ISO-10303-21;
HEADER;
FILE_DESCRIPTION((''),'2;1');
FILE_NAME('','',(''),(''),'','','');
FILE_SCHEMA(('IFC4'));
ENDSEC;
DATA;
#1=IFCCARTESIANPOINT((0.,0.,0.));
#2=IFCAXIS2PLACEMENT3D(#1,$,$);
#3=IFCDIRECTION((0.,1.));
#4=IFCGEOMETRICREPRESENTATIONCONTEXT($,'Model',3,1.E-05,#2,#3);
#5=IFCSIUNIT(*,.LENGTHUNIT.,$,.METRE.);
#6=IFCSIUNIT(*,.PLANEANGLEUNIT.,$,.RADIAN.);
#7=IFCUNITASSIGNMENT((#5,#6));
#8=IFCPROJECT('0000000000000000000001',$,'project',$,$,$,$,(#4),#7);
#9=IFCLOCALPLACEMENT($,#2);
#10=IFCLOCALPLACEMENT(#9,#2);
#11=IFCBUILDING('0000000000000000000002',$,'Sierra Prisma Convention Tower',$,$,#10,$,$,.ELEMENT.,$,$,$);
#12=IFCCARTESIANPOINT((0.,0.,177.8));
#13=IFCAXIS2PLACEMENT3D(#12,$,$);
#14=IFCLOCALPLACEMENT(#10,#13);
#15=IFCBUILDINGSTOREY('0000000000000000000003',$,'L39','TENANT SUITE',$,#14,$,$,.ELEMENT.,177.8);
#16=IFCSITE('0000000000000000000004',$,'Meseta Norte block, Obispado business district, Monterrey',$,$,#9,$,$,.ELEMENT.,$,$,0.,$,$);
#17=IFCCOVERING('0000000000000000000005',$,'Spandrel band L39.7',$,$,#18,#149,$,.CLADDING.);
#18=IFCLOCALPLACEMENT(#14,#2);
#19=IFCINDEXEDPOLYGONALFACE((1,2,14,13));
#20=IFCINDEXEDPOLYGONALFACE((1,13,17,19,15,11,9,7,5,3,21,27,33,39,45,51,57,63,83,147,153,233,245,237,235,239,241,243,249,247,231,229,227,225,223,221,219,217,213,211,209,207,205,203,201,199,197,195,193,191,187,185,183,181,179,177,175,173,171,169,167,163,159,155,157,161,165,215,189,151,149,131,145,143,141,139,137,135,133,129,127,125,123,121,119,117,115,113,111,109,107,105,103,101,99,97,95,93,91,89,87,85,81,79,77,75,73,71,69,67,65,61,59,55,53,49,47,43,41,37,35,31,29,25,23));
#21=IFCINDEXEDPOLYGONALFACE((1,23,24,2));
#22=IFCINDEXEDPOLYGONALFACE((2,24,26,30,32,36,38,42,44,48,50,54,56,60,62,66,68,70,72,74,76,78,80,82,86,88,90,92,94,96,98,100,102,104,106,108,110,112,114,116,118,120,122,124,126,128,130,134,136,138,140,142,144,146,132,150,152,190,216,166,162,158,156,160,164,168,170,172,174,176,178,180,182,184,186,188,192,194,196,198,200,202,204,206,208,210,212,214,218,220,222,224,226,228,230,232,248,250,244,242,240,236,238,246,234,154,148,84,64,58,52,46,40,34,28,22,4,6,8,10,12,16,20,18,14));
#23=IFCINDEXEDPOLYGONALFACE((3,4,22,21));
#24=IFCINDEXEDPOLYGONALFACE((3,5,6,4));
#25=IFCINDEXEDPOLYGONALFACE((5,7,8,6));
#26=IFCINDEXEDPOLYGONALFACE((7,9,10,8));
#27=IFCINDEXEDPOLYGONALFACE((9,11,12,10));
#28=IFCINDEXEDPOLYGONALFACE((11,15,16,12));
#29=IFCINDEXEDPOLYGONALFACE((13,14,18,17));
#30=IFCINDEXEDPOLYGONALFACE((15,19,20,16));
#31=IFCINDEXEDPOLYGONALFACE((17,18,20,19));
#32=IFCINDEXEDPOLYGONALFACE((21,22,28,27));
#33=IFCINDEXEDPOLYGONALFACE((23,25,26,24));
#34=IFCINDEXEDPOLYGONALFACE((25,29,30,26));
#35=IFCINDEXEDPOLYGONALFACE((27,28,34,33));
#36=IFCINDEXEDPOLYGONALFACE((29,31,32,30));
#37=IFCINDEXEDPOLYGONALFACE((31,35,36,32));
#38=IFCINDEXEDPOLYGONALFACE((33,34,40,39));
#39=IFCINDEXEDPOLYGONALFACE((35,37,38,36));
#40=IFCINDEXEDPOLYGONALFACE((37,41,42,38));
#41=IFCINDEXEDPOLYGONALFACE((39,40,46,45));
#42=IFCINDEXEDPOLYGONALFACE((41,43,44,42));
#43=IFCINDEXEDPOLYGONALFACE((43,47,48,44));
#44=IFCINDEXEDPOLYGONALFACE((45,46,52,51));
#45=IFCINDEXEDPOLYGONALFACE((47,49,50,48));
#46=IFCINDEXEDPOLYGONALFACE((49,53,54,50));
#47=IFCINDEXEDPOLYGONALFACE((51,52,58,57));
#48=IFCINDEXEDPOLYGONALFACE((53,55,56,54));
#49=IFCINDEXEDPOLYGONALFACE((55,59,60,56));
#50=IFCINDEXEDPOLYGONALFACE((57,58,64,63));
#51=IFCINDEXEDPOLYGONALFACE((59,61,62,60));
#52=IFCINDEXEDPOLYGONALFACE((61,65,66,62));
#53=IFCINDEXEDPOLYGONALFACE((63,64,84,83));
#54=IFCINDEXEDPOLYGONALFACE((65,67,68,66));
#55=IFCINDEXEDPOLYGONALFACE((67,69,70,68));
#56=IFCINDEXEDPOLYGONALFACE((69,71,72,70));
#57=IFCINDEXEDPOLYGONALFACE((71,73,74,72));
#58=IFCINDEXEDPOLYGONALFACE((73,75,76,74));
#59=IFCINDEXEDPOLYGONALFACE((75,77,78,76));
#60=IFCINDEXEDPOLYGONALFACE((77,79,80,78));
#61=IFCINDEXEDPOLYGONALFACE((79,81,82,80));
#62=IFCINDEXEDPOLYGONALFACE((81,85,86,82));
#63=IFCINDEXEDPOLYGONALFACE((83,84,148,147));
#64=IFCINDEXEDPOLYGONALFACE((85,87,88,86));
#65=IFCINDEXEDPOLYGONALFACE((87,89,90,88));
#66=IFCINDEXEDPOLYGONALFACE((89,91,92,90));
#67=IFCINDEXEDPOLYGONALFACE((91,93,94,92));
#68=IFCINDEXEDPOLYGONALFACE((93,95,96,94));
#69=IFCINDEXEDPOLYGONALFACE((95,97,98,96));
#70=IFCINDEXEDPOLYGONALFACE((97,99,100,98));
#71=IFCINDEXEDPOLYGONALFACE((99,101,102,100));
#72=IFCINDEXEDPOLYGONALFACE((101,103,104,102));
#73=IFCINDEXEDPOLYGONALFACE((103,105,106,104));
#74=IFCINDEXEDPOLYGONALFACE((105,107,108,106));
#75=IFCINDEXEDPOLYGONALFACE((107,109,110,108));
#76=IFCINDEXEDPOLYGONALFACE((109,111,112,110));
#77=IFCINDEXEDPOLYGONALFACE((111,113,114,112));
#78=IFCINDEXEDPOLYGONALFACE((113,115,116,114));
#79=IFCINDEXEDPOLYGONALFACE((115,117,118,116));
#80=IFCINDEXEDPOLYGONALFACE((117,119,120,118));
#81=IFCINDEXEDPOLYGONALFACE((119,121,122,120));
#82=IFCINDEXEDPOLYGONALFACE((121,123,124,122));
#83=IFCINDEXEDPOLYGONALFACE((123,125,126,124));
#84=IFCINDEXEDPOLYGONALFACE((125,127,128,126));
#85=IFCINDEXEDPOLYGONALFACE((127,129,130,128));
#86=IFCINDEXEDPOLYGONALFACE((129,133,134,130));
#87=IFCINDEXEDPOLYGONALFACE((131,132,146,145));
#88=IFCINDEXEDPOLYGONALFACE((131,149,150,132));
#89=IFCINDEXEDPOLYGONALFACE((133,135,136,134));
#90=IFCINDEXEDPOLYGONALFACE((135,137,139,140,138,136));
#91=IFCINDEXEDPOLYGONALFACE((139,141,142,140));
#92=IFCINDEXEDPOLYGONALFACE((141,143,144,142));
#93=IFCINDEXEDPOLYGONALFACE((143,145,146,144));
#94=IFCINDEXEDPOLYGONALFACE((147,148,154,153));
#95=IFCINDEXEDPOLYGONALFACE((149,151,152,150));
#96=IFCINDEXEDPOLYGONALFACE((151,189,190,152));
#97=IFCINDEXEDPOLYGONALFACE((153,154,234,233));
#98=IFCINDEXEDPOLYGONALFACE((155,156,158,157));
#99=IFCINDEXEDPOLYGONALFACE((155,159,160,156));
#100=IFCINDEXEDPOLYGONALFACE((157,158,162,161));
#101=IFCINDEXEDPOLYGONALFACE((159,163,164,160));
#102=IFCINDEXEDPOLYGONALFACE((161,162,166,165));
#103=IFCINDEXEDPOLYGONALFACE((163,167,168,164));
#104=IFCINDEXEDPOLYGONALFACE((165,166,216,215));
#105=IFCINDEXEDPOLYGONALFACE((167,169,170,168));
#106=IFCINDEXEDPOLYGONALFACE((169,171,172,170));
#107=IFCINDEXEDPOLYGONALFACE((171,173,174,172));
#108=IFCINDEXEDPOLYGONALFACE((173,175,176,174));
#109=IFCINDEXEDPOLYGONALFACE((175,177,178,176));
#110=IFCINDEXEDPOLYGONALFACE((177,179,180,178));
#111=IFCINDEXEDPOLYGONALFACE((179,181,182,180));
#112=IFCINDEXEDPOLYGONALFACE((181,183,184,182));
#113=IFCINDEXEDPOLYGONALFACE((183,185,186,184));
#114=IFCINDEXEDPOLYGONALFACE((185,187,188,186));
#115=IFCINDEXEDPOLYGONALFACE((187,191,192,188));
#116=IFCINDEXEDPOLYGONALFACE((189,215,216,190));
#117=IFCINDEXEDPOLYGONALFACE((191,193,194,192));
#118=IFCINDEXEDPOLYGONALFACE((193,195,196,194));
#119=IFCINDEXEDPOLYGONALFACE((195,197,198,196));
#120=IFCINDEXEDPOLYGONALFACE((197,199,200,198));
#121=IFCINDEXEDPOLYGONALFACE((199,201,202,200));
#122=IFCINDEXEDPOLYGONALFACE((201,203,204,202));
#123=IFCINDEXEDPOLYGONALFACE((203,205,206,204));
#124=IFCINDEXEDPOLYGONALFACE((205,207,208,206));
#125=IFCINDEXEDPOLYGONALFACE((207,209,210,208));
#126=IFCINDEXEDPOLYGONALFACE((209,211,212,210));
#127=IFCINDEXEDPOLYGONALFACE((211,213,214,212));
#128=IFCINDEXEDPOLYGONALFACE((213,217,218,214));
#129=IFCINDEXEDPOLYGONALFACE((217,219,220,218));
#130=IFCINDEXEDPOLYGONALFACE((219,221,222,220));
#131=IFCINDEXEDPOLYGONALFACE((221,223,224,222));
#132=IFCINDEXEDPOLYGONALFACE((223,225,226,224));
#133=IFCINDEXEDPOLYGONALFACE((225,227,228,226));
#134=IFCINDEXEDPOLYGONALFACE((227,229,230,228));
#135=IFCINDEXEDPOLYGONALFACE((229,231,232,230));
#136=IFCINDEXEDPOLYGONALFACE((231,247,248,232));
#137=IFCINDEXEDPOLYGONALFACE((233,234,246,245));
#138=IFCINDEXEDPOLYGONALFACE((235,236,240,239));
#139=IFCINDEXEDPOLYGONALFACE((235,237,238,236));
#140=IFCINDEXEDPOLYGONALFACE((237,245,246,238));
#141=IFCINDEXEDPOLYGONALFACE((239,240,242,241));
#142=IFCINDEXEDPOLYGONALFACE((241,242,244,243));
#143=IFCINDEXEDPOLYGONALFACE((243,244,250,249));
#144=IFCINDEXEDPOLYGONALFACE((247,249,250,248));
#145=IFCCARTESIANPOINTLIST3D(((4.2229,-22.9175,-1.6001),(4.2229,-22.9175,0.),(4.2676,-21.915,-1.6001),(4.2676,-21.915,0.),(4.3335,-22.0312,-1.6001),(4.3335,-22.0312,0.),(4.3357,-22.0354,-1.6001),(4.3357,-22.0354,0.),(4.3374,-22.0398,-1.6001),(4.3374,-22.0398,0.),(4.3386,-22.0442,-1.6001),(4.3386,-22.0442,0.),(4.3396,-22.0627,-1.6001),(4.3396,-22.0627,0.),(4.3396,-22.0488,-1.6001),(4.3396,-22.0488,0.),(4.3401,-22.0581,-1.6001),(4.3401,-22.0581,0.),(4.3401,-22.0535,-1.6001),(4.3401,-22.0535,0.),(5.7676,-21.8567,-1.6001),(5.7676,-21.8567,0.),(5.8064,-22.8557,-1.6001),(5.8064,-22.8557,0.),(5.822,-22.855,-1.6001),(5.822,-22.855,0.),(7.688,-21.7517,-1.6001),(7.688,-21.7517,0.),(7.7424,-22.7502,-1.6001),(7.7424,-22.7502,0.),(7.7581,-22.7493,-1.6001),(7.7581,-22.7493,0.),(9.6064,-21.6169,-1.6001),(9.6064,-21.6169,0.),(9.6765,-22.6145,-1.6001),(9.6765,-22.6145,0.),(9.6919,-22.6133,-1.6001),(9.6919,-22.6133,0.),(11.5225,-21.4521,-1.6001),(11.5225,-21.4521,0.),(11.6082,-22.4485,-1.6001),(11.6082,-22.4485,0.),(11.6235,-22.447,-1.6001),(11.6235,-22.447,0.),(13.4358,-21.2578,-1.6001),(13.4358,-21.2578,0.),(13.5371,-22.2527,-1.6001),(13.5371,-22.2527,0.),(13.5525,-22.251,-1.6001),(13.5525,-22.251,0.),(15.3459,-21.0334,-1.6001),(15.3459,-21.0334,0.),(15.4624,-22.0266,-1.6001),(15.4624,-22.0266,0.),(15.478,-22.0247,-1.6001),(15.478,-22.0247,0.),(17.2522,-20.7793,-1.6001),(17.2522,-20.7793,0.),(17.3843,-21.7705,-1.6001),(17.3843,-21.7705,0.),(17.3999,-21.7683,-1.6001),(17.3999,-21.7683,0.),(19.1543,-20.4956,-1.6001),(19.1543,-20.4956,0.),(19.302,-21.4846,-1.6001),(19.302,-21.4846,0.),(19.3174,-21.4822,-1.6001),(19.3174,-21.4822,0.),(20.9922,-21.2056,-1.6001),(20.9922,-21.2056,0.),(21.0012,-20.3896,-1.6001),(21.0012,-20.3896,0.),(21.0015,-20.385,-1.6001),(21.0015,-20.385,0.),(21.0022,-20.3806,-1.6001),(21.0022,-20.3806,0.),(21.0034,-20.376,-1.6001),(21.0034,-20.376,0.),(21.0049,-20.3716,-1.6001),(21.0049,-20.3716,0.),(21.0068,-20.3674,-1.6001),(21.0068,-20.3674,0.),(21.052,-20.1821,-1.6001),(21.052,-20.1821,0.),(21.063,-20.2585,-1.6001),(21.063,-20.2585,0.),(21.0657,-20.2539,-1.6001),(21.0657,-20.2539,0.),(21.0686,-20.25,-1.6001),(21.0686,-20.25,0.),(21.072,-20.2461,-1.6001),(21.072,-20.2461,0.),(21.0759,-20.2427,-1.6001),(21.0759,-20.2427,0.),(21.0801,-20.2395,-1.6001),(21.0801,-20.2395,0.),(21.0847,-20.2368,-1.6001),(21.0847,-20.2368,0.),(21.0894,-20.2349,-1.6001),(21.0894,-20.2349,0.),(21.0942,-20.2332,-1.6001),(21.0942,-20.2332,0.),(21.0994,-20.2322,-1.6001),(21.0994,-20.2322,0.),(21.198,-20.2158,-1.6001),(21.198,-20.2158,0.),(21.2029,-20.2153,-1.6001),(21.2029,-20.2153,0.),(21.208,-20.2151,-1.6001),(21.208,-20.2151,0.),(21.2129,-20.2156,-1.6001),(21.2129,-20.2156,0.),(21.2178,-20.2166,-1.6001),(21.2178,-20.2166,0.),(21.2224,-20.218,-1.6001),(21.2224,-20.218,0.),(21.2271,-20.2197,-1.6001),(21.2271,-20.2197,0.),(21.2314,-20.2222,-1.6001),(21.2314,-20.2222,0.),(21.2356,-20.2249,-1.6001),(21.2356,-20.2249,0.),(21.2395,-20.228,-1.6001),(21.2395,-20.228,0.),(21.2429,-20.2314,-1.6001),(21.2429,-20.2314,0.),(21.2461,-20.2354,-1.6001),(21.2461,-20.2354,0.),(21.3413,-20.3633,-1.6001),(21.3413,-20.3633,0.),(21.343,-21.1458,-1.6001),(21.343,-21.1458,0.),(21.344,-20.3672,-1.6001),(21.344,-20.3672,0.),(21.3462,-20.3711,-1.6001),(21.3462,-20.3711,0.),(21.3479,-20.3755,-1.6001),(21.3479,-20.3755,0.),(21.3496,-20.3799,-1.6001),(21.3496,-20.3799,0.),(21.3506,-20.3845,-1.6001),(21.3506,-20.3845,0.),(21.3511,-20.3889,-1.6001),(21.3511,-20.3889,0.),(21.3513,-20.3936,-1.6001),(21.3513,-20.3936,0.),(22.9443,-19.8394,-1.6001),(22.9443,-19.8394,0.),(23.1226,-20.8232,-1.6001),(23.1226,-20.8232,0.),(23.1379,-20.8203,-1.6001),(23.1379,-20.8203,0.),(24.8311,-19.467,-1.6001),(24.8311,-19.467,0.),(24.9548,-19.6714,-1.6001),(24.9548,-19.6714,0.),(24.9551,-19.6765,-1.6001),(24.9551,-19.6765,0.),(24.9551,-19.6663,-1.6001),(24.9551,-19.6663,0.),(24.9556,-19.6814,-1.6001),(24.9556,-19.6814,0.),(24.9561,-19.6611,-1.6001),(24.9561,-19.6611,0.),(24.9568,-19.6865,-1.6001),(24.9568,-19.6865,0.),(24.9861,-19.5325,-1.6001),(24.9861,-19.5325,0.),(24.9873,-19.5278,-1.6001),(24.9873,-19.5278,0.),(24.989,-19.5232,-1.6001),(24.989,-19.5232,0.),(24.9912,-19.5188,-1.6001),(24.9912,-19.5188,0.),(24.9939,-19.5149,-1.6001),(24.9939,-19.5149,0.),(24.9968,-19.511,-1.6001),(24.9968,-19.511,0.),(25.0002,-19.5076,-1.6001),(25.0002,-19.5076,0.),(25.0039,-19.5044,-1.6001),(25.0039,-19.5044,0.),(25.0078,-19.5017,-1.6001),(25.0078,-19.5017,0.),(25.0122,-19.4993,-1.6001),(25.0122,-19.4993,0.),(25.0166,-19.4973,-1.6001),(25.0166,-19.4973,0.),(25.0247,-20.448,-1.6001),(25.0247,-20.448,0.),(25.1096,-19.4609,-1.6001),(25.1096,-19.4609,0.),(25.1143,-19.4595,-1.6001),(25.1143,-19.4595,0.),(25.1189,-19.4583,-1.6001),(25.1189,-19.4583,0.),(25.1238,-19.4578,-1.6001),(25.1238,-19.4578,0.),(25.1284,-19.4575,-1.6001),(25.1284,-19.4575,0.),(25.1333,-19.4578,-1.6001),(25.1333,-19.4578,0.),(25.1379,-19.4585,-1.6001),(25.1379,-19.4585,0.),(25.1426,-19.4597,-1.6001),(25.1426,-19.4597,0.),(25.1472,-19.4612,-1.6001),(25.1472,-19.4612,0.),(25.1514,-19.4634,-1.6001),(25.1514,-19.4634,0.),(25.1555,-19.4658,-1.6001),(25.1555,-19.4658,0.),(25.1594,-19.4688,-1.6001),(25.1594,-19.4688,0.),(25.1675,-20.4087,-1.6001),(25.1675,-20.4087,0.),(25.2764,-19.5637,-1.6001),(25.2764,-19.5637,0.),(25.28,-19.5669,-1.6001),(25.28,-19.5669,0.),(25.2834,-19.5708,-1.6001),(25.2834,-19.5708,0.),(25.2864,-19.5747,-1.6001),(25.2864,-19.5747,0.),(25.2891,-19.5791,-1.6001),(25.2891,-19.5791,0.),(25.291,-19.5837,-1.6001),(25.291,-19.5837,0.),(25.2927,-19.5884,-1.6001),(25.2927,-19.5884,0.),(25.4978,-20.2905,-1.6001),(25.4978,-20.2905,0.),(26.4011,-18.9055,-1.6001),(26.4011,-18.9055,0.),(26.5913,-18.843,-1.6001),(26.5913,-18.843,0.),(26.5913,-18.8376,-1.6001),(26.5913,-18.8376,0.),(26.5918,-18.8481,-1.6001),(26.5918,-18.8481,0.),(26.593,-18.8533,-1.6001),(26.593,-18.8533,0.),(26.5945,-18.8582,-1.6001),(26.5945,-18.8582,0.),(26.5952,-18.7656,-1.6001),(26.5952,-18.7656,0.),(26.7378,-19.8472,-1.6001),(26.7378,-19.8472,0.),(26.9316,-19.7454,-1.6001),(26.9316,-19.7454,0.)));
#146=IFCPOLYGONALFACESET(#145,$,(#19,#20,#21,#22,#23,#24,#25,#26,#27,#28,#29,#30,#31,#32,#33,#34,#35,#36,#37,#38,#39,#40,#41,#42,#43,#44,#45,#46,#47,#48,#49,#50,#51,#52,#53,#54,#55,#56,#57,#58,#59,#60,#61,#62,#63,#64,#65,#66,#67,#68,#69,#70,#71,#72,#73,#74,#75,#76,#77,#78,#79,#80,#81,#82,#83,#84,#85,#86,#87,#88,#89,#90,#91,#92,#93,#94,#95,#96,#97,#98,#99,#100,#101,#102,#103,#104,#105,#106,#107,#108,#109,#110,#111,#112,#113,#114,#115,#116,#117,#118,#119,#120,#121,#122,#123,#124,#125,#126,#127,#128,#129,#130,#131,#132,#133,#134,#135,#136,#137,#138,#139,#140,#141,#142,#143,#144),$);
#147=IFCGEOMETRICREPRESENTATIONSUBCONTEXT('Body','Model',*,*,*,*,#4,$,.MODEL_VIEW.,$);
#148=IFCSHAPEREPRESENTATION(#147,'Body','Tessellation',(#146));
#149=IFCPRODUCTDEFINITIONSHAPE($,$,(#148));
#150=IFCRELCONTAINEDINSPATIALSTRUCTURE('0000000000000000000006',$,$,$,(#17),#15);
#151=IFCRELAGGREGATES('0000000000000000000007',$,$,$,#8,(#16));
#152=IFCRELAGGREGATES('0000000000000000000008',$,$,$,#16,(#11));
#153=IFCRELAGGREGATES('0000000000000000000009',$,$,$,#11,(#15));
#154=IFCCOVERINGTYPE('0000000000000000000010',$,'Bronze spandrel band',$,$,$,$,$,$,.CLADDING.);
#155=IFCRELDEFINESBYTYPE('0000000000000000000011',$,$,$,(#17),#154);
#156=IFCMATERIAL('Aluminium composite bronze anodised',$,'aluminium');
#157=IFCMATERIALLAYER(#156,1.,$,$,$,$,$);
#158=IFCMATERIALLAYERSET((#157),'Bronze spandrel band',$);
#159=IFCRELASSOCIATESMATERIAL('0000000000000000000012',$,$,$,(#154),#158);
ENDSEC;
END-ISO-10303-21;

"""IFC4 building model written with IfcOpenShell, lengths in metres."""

from ifc_helpers import new_model, si_unit, direction, frame, origin, place, context, subcontext, project, spatial, polyline, outline, extrude, material, layer, layer_set, type_object, element, save


model = new_model("IFC4")

# Units and contexts
model_context = context("Model", 3, precision=1e-05, world=origin(), true_north=direction((0.0, 1.0)))
body_context = subcontext(model_context, "Body", "Model", "MODEL_VIEW")
ifc_project = project(units=[si_unit("LENGTHUNIT", "METRE"), si_unit("PLANEANGLEUNIT", "RADIAN")], contexts=[model_context])

# Site, building, storey
site_placement = place(None, origin())
site = spatial("IfcSite", under=ifc_project, at=site_placement, Name="Meseta Norte block, Obispado business district, Monterrey", CompositionType="ELEMENT", RefElevation=0.0)
building_placement = place(site_placement, origin())
building = spatial("IfcBuilding", under=site, at=building_placement, Name="Sierra Prisma Convention Tower", CompositionType="ELEMENT")
storey_placement = place(building_placement, frame((0.0, 0.0, 177.8)))
storey = spatial("IfcBuildingStorey", under=building, at=storey_placement, Name="L39", Description="TENANT SUITE", CompositionType="ELEMENT", Elevation=177.8)

# Covering
ifc_material_1 = material(Name="Aluminium composite bronze anodised", Category="aluminium")
ifc_layer_1 = layer(ifc_material_1, 1.0)
ifc_layer_set_1 = layer_set([ifc_layer_1], Name="Bronze spandrel band")
covering_type_1 = type_object("IfcCoveringType", Name="Bronze spandrel band", PredefinedType="CLADDING", material=ifc_layer_set_1)
covering_1_placement = place(storey_placement, frame((0.0, 0.0, -1.6001)))
element("IfcCovering", 1, at=covering_1_placement, inside=storey, type_object=covering_type_1, Name="Spandrel band L39.7", PredefinedType="CLADDING", context=body_context, shape_type="SweptSolid", body=[
    extrude(outline(polyline([(25.1238, -19.4578), (25.1189, -19.4583), (25.1143, -19.4595), (25.1096, -19.4609), (25.0166, -19.4973), (25.0122, -19.4993), (25.0078, -19.5017), (25.0039, -19.5044), (25.0002, -19.5076), (24.9968, -19.511), (24.9939, -19.5149), (24.9912, -19.5188), (24.989, -19.5232), (24.9873, -19.5278), (24.9861, -19.5325), (24.9561, -19.6611), (24.9551, -19.6663), (24.9548, -19.6714), (24.9551, -19.6765), (24.9556, -19.6814), (24.9568, -19.6865), (25.1675, -20.4087), (25.0247, -20.448), (23.1379, -20.8203), (23.1226, -20.8232), (21.343, -21.1458), (21.3513, -20.3936), (21.3511, -20.3889), (21.3506, -20.3845), (21.3496, -20.3799), (21.3479, -20.3755), (21.3462, -20.3711), (21.344, -20.3672), (21.3413, -20.3633), (21.2461, -20.2354), (21.2429, -20.2314), (21.2395, -20.228), (21.2356, -20.2249), (21.2314, -20.2222), (21.2271, -20.2197), (21.2224, -20.218), (21.2178, -20.2166), (21.2129, -20.2156), (21.208, -20.2151), (21.2029, -20.2153), (21.198, -20.2158), (21.0994, -20.2322), (21.0942, -20.2332), (21.0894, -20.2349), (21.0847, -20.2368), (21.0801, -20.2395), (21.0759, -20.2427), (21.072, -20.2461), (21.0686, -20.25), (21.0657, -20.2539), (21.063, -20.2585), (21.0068, -20.3674), (21.0049, -20.3716), (21.0034, -20.376), (21.0022, -20.3806), (21.0015, -20.385), (21.0012, -20.3896), (20.9922, -21.2056), (19.3174, -21.4822), (19.302, -21.4846), (17.3999, -21.7683), (17.3843, -21.7705), (15.478, -22.0247), (15.4624, -22.0266), (13.5525, -22.251), (13.5371, -22.2527), (11.6235, -22.447), (11.6082, -22.4485), (9.6919, -22.6133), (9.6765, -22.6145), (7.7581, -22.7493), (7.7424, -22.7502), (5.822, -22.855), (5.8064, -22.8557), (4.2229, -22.9175), (4.3396, -22.0627), (4.3401, -22.0581), (4.3401, -22.0535), (4.3396, -22.0488), (4.3386, -22.0442), (4.3374, -22.0398), (4.3357, -22.0354), (4.3335, -22.0312), (4.2676, -21.915), (5.7676, -21.8567), (7.688, -21.7517), (9.6064, -21.6169), (11.5225, -21.4521), (13.4358, -21.2578), (15.3459, -21.0334), (17.2522, -20.7793), (19.1543, -20.4956), (21.052, -20.1821), (22.9443, -19.8394), (24.8311, -19.467), (26.4011, -18.9055), (26.5952, -18.7656), (26.5913, -18.8376), (26.5913, -18.843), (26.5918, -18.8481), (26.593, -18.8533), (26.5945, -18.8582), (26.9316, -19.7454), (26.7378, -19.8472), (25.4978, -20.2905), (25.2927, -19.5884), (25.291, -19.5837), (25.2891, -19.5791), (25.2864, -19.5747), (25.2834, -19.5708), (25.28, -19.5669), (25.2764, -19.5637), (25.1594, -19.4688), (25.1555, -19.4658), (25.1514, -19.4634), (25.1472, -19.4612), (25.1426, -19.4597), (25.1379, -19.4585), (25.1333, -19.4578), (25.1284, -19.4575), (25.1238, -19.4578)])), origin(), (0.0, 0.0, 1.0), 1.6001),
])

save(model, "model.ifc")
